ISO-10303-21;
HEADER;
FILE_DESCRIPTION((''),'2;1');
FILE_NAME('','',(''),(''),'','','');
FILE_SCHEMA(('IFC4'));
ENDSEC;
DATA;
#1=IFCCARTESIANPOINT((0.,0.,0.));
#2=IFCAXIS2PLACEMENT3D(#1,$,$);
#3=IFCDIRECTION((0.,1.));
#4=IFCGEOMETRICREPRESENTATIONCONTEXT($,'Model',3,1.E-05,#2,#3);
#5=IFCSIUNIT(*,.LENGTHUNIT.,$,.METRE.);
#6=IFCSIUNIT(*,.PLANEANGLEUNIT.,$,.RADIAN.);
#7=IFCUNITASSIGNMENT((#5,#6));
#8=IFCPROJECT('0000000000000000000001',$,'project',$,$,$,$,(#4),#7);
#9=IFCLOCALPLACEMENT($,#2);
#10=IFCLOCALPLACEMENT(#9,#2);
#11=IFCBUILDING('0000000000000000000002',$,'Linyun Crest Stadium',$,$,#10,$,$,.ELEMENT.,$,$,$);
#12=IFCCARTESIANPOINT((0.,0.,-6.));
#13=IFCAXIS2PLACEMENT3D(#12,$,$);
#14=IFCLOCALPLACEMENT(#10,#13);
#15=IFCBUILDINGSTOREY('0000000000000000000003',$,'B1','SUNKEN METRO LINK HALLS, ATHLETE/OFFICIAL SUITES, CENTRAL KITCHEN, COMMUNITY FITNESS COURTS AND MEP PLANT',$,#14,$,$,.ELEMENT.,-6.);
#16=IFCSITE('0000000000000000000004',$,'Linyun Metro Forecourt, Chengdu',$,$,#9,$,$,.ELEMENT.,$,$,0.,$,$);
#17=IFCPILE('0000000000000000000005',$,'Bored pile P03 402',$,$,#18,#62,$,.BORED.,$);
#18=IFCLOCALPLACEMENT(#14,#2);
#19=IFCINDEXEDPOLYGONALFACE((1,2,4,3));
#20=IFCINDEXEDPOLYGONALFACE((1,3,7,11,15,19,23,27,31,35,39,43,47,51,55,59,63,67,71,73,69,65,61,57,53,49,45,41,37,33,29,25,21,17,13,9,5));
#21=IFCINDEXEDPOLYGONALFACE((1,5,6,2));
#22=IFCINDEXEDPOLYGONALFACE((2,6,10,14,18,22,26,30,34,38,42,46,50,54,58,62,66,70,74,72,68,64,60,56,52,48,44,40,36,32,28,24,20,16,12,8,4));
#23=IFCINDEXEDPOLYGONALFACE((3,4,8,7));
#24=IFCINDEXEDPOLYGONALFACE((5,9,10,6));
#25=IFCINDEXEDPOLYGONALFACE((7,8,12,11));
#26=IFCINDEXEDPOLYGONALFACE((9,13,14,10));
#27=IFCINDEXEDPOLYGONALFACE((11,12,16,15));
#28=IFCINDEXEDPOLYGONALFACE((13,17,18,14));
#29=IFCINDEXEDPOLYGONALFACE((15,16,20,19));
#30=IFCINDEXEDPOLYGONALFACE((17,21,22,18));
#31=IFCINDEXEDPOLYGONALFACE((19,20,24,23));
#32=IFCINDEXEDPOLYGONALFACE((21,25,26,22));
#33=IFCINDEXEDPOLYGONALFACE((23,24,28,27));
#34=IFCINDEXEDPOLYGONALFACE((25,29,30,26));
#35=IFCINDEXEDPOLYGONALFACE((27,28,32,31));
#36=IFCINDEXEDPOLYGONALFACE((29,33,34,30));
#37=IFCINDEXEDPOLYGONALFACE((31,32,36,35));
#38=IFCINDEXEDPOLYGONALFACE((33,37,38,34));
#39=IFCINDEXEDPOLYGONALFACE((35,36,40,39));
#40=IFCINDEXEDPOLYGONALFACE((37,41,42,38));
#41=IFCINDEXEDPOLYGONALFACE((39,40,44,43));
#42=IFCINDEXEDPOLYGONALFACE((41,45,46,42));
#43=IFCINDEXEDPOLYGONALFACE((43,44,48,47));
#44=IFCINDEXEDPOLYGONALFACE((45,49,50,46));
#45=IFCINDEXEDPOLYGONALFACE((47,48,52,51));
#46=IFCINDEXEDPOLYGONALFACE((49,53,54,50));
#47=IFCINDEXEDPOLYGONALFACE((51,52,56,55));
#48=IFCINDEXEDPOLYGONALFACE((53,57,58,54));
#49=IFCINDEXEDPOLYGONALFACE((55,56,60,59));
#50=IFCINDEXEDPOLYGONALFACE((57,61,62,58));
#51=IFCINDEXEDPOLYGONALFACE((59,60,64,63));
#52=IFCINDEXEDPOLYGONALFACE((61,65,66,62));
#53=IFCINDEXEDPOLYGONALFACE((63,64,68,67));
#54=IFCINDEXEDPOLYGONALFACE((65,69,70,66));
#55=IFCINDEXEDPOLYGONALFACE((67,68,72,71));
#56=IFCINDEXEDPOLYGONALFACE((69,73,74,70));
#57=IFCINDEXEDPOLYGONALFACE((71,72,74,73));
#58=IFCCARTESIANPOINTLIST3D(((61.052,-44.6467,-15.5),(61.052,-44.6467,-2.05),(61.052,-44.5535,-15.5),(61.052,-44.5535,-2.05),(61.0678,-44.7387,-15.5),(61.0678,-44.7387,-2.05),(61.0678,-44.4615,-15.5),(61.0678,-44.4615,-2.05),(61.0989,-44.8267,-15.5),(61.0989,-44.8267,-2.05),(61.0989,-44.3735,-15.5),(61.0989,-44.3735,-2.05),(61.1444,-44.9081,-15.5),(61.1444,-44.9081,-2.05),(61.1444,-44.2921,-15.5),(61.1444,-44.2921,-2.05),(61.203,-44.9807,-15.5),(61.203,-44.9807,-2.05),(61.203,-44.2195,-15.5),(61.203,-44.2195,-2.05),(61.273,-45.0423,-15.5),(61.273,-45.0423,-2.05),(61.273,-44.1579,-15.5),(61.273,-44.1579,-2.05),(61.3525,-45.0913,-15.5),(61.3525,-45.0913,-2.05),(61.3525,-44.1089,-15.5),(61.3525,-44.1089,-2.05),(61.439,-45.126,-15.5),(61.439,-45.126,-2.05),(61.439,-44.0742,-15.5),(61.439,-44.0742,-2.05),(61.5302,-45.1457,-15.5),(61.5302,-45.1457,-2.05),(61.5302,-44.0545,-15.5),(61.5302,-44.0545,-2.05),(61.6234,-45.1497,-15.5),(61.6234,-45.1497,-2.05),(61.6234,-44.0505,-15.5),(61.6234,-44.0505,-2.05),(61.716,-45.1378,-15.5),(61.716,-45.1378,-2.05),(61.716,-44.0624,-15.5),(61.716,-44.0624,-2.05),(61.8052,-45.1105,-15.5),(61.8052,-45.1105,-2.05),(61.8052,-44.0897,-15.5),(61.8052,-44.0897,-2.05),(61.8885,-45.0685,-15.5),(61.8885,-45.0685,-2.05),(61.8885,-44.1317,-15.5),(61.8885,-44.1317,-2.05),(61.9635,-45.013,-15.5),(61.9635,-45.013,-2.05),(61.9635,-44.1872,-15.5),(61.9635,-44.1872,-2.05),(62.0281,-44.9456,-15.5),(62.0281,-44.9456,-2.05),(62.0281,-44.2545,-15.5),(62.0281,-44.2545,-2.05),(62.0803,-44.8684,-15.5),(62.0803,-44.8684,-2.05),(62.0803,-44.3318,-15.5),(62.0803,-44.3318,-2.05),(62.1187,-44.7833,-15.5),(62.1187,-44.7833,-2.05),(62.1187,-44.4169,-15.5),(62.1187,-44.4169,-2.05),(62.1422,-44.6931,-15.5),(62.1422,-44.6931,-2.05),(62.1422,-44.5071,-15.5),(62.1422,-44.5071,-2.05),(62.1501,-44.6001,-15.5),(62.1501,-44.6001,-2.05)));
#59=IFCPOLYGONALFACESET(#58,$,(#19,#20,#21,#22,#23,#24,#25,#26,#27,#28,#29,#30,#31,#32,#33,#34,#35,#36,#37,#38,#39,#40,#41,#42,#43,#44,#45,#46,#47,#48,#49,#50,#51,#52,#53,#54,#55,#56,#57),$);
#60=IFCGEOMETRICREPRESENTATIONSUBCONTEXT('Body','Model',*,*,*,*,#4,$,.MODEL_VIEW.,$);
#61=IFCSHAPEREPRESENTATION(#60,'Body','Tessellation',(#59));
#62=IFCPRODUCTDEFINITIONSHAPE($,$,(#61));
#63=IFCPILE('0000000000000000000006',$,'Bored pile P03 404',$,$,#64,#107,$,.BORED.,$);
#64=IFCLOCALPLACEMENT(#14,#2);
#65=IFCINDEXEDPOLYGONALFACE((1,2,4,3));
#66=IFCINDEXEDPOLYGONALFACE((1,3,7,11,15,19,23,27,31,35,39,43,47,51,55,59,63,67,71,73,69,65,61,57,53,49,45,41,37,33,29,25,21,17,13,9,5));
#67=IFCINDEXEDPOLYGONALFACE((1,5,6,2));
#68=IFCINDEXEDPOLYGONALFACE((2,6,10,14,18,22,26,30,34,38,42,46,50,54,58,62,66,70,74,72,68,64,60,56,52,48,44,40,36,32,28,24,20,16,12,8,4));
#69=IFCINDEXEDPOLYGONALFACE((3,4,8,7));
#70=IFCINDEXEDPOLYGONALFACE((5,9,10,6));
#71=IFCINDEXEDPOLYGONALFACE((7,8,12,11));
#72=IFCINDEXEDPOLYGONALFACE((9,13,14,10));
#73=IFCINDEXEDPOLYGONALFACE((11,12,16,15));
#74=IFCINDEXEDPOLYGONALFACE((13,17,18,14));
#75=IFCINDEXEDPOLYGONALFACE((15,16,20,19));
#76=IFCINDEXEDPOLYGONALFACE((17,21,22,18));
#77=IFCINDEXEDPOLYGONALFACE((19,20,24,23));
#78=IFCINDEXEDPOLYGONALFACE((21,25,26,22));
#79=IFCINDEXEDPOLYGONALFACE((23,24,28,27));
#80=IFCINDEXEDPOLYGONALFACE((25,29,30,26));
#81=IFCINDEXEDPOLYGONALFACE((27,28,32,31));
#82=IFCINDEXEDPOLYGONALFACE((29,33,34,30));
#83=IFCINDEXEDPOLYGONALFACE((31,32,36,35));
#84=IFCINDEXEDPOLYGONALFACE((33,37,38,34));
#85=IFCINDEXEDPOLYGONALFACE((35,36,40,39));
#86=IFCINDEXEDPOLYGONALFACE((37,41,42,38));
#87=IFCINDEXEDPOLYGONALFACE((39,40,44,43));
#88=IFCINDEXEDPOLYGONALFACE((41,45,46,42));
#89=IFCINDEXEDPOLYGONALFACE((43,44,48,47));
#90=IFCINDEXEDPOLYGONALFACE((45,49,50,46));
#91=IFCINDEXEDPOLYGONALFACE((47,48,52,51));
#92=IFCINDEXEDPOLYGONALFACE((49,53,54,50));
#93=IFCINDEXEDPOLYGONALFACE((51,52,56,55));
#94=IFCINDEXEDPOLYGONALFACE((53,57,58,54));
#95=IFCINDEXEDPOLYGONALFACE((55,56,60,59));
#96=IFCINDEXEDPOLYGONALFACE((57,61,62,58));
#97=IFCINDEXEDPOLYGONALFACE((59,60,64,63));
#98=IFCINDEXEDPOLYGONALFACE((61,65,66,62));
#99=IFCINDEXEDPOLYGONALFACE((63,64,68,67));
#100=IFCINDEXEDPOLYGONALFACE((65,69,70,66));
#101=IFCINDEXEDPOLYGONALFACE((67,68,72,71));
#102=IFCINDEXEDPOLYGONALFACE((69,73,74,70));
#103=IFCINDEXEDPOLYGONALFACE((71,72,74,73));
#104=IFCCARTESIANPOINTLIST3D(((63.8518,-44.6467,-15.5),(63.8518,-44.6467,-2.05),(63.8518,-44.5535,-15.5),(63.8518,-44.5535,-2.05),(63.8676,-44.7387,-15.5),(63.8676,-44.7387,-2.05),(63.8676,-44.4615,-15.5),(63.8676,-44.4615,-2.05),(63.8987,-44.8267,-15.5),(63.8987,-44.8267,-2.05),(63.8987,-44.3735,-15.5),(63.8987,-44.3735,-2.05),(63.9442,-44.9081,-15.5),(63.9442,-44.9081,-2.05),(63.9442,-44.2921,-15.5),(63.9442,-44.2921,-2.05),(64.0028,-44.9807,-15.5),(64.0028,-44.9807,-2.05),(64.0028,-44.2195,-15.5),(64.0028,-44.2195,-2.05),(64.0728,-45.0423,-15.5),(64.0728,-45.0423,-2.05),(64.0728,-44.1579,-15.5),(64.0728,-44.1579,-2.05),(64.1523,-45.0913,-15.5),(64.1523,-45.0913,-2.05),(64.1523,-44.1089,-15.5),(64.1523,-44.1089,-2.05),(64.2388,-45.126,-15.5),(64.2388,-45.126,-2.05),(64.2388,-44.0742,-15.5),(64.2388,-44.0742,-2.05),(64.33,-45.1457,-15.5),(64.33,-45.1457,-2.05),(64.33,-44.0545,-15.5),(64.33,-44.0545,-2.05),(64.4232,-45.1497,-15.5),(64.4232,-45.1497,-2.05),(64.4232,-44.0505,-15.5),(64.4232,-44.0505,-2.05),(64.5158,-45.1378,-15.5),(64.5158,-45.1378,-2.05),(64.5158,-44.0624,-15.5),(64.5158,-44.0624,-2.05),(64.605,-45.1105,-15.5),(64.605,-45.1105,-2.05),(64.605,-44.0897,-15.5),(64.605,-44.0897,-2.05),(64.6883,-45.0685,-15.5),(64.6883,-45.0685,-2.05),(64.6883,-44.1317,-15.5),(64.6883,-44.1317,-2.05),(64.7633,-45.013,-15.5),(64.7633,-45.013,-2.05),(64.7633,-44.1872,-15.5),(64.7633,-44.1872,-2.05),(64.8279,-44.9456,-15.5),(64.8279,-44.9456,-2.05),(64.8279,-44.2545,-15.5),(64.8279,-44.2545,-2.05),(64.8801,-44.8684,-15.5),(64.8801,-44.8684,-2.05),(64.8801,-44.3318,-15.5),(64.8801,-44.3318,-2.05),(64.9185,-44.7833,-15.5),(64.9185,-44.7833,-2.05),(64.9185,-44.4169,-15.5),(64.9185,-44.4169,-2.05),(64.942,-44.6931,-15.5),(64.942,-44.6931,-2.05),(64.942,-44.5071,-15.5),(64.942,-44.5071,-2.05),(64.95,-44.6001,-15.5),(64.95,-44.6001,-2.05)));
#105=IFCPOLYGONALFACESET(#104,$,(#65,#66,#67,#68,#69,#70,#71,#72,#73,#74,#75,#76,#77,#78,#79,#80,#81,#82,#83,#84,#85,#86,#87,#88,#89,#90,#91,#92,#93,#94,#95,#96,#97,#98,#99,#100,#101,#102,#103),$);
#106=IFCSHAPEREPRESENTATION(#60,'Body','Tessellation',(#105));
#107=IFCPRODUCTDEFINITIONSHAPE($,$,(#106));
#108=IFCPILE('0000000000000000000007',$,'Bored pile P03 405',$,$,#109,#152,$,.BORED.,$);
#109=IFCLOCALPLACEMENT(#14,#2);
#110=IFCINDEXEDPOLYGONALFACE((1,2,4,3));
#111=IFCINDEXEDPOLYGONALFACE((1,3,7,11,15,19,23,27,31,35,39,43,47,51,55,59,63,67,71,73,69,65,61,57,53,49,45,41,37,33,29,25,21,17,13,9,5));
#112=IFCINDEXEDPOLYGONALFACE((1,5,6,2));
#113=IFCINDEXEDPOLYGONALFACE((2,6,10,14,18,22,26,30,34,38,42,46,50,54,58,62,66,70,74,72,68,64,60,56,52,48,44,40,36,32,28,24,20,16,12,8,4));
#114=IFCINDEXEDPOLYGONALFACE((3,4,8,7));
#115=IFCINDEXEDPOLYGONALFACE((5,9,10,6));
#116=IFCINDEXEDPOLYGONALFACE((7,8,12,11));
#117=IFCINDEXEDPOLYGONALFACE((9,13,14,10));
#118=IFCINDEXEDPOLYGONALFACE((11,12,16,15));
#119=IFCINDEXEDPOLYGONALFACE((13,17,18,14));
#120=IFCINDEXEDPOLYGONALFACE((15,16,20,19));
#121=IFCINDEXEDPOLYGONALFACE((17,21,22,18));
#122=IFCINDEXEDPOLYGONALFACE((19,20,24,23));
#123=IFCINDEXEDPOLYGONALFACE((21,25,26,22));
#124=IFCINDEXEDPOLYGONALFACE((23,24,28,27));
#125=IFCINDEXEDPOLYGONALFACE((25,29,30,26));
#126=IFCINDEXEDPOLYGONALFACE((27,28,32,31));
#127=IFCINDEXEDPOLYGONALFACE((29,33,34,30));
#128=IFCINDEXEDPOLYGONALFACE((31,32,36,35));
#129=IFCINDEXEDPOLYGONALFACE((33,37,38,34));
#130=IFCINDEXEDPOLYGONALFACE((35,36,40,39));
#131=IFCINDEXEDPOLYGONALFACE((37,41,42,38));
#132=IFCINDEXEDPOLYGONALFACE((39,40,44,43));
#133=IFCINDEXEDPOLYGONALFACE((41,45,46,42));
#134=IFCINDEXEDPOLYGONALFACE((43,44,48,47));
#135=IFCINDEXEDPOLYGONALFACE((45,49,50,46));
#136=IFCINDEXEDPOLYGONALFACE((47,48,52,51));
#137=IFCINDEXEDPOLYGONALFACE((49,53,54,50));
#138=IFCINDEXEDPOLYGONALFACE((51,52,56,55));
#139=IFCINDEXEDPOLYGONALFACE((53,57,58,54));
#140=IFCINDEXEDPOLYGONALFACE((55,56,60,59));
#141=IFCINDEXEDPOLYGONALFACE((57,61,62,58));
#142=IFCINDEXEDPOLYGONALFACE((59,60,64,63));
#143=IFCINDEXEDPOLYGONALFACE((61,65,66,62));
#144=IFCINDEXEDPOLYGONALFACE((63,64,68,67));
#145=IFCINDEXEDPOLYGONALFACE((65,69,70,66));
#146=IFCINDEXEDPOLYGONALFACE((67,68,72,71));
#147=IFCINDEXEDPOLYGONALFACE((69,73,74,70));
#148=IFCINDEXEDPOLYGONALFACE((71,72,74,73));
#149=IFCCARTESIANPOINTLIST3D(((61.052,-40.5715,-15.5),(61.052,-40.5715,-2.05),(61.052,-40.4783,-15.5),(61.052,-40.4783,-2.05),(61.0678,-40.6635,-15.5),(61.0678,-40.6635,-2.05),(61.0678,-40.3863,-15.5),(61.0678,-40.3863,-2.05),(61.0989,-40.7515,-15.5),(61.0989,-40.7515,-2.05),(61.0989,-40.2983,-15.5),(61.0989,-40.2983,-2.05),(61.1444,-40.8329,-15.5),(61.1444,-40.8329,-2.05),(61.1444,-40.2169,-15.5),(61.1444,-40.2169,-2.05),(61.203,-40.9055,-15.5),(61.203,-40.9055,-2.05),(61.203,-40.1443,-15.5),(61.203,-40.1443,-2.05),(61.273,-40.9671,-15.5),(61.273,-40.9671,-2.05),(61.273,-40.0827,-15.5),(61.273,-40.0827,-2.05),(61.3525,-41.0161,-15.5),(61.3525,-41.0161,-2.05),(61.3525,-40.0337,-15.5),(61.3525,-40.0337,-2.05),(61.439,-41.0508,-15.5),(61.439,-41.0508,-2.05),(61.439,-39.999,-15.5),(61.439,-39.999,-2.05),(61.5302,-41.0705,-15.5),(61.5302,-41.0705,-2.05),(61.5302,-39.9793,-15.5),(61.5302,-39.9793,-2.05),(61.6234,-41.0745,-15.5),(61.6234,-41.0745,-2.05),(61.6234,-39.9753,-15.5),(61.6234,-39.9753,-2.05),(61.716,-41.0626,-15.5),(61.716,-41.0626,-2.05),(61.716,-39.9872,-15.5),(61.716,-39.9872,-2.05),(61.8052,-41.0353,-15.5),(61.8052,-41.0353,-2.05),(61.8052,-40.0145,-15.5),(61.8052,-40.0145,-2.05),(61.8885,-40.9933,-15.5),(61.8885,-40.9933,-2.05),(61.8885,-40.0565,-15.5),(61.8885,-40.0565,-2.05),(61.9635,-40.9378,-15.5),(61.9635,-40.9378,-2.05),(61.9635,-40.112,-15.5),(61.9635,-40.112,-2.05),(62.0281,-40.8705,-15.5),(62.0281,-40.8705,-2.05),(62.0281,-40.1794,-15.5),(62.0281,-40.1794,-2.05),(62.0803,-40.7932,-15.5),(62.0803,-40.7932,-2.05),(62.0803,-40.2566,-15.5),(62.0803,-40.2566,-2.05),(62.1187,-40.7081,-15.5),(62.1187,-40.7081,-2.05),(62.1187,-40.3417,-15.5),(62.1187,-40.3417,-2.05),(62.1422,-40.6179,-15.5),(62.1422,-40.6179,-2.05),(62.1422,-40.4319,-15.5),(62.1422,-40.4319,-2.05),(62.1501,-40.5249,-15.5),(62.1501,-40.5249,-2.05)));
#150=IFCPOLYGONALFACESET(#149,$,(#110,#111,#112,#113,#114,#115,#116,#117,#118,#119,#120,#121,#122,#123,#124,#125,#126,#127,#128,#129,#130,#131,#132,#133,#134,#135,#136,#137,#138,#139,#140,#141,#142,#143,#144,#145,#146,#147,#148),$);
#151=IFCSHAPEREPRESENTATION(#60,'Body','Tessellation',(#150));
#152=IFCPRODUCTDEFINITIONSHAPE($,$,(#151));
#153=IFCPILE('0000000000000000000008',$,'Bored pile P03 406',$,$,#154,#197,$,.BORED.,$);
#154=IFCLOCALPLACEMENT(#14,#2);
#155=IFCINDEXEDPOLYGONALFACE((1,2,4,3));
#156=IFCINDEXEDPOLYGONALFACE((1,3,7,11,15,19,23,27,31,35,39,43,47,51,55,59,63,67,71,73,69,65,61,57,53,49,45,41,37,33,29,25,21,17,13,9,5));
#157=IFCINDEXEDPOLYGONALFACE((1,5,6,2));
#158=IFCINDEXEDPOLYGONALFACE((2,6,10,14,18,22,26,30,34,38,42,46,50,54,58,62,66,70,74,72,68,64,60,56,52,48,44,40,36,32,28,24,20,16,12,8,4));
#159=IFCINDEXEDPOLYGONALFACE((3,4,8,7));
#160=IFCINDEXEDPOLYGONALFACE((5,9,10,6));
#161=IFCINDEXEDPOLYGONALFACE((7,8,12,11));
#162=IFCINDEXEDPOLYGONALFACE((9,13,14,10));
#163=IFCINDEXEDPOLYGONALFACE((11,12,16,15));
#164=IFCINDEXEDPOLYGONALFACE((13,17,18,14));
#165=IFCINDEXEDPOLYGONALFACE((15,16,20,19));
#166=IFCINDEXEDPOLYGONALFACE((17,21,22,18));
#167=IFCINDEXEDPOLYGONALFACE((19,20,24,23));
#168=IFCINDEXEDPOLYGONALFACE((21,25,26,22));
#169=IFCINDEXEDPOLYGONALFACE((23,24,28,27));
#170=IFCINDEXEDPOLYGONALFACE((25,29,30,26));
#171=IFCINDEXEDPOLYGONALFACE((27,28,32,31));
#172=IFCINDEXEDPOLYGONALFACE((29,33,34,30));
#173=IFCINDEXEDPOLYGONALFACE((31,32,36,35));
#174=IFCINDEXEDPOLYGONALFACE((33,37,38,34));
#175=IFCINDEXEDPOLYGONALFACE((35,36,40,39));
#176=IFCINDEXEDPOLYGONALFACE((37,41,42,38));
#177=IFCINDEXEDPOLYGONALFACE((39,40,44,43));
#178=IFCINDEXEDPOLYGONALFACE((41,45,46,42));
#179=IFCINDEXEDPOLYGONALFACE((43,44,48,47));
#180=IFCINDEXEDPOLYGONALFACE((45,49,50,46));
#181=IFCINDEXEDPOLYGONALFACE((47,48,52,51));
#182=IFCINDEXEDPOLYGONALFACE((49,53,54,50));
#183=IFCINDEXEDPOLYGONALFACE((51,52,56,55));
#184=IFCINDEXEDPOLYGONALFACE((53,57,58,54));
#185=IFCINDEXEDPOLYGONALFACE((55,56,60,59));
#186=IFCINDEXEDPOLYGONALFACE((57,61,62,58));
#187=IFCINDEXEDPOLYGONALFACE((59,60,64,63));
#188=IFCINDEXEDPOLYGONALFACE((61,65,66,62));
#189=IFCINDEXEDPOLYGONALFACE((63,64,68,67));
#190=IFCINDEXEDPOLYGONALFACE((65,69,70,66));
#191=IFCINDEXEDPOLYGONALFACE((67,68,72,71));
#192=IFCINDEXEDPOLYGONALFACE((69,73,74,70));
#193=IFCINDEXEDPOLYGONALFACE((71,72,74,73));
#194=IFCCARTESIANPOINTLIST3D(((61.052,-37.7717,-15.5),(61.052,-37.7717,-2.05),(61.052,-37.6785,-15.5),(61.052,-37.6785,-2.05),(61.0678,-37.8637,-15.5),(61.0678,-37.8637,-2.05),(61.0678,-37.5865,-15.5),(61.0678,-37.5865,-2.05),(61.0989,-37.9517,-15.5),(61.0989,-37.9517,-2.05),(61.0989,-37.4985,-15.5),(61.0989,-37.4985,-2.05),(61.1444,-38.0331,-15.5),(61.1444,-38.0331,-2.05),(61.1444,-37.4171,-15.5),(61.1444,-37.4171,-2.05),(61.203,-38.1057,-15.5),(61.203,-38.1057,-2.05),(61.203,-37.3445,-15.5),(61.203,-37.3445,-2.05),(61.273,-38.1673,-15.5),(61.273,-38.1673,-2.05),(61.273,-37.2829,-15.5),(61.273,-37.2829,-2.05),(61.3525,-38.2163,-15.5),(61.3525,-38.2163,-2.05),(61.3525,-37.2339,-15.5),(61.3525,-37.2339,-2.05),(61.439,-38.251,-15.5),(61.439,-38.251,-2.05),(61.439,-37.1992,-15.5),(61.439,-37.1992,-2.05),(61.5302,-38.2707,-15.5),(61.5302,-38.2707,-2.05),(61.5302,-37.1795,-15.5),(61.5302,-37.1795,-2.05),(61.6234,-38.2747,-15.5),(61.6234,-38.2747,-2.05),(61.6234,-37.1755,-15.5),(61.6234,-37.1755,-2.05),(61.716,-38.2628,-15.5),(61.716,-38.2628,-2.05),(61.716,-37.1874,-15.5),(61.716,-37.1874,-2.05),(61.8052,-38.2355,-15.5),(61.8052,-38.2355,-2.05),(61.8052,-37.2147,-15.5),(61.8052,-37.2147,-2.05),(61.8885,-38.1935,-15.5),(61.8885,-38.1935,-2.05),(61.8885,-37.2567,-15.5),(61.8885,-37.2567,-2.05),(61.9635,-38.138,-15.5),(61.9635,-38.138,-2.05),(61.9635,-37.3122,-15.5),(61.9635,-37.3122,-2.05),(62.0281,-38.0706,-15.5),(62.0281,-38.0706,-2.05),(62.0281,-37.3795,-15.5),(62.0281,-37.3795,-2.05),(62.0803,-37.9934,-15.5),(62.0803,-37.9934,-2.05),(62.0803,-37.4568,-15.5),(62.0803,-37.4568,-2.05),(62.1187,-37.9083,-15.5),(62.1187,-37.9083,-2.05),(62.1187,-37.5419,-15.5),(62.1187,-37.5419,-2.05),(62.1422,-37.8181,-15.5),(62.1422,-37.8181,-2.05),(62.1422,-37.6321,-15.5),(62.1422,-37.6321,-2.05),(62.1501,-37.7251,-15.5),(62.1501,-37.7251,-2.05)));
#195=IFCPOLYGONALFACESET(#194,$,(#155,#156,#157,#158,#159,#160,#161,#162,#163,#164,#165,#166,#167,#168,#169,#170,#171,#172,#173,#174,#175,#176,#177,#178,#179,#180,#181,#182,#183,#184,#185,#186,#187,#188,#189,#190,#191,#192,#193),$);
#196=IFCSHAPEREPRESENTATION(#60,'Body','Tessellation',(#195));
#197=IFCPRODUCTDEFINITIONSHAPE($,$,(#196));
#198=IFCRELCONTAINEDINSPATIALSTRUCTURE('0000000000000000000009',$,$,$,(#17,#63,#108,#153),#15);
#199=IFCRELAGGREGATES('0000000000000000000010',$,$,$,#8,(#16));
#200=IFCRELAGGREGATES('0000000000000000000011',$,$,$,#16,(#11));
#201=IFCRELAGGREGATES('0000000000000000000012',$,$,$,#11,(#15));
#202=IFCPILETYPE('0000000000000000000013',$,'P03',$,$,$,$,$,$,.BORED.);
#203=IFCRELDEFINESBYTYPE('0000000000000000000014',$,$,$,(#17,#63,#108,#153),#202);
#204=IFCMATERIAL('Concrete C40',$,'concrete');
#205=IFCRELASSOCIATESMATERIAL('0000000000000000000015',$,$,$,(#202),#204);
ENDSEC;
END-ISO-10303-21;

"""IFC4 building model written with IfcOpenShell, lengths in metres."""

from ifc_helpers import new_model, si_unit, direction, frame, origin, origin_2d, place, context, subcontext, project, spatial, circle, extrude, material, material_profile, profile_set, type_object, element, save


model = new_model("IFC4")

# Units and contexts
model_context = context("Model", 3, precision=1e-05, world=origin(), true_north=direction((0.0, 1.0)))
body_context = subcontext(model_context, "Body", "Model", "MODEL_VIEW")
ifc_project = project(units=[si_unit("LENGTHUNIT", "METRE"), si_unit("PLANEANGLEUNIT", "RADIAN")], contexts=[model_context])

# Site, building, storey
site_placement = place(None, origin())
site = spatial("IfcSite", under=ifc_project, at=site_placement, Name="Linyun Metro Forecourt, Chengdu", CompositionType="ELEMENT", RefElevation=0.0)
building_placement = place(site_placement, origin())
building = spatial("IfcBuilding", under=site, at=building_placement, Name="Linyun Crest Stadium", CompositionType="ELEMENT")
storey_placement = place(building_placement, frame((0.0, 0.0, -6.0)))
storey = spatial("IfcBuildingStorey", under=building, at=storey_placement, Name="B1", Description="SUNKEN METRO LINK HALLS, ATHLETE/OFFICIAL SUITES, CENTRAL KITCHEN, COMMUNITY FITNESS COURTS AND MEP PLANT", CompositionType="ELEMENT", Elevation=-6.0)

# Piles
ifc_material_1 = material(Name="Concrete C40", Category="concrete")
ifc_material_profile_1 = material_profile(ifc_material_1, circle(Radius=0.55, at=origin_2d()), Name="BORED PILE 1100")
ifc_profile_set_1 = profile_set([ifc_material_profile_1], Name="Concrete C40")
pile_type = type_object("IfcPileType", Name="P03", PredefinedType="BORED", material=ifc_profile_set_1)
for number, where, z_axis, x_axis, name in (
    (1, (61.6001, -44.6001, -2.05), (0.0, 0.0, -1.0), (1.0, 0.0, 0.0), "Bored pile P03 402"),
    (2, (64.3999, -44.6001, -2.05), (0.0, 0.0, -1.0), (1.0, 0.0, 0.0), "Bored pile P03 404"),
    (3, (61.6001, -40.5249, -2.05), (0.0, 0.0, -1.0), (1.0, 0.0, 0.0), "Bored pile P03 405"),
    (4, (61.6001, -37.7251, -2.05), (0.0, 0.0, -1.0), (1.0, 0.0, 0.0), "Bored pile P03 406"),
):
    element("IfcPile", number, at=place(storey_placement, frame(where, z_axis=z_axis, x_axis=x_axis)), inside=storey, type_object=pile_type, Name=name, PredefinedType="BORED", context=body_context, shape_type="SweptSolid", body=[
        extrude(circle(Radius=0.55, at=origin_2d()), origin(), (0.0, 0.0, 1.0), 13.45),
    ])

save(model, "model.ifc")
